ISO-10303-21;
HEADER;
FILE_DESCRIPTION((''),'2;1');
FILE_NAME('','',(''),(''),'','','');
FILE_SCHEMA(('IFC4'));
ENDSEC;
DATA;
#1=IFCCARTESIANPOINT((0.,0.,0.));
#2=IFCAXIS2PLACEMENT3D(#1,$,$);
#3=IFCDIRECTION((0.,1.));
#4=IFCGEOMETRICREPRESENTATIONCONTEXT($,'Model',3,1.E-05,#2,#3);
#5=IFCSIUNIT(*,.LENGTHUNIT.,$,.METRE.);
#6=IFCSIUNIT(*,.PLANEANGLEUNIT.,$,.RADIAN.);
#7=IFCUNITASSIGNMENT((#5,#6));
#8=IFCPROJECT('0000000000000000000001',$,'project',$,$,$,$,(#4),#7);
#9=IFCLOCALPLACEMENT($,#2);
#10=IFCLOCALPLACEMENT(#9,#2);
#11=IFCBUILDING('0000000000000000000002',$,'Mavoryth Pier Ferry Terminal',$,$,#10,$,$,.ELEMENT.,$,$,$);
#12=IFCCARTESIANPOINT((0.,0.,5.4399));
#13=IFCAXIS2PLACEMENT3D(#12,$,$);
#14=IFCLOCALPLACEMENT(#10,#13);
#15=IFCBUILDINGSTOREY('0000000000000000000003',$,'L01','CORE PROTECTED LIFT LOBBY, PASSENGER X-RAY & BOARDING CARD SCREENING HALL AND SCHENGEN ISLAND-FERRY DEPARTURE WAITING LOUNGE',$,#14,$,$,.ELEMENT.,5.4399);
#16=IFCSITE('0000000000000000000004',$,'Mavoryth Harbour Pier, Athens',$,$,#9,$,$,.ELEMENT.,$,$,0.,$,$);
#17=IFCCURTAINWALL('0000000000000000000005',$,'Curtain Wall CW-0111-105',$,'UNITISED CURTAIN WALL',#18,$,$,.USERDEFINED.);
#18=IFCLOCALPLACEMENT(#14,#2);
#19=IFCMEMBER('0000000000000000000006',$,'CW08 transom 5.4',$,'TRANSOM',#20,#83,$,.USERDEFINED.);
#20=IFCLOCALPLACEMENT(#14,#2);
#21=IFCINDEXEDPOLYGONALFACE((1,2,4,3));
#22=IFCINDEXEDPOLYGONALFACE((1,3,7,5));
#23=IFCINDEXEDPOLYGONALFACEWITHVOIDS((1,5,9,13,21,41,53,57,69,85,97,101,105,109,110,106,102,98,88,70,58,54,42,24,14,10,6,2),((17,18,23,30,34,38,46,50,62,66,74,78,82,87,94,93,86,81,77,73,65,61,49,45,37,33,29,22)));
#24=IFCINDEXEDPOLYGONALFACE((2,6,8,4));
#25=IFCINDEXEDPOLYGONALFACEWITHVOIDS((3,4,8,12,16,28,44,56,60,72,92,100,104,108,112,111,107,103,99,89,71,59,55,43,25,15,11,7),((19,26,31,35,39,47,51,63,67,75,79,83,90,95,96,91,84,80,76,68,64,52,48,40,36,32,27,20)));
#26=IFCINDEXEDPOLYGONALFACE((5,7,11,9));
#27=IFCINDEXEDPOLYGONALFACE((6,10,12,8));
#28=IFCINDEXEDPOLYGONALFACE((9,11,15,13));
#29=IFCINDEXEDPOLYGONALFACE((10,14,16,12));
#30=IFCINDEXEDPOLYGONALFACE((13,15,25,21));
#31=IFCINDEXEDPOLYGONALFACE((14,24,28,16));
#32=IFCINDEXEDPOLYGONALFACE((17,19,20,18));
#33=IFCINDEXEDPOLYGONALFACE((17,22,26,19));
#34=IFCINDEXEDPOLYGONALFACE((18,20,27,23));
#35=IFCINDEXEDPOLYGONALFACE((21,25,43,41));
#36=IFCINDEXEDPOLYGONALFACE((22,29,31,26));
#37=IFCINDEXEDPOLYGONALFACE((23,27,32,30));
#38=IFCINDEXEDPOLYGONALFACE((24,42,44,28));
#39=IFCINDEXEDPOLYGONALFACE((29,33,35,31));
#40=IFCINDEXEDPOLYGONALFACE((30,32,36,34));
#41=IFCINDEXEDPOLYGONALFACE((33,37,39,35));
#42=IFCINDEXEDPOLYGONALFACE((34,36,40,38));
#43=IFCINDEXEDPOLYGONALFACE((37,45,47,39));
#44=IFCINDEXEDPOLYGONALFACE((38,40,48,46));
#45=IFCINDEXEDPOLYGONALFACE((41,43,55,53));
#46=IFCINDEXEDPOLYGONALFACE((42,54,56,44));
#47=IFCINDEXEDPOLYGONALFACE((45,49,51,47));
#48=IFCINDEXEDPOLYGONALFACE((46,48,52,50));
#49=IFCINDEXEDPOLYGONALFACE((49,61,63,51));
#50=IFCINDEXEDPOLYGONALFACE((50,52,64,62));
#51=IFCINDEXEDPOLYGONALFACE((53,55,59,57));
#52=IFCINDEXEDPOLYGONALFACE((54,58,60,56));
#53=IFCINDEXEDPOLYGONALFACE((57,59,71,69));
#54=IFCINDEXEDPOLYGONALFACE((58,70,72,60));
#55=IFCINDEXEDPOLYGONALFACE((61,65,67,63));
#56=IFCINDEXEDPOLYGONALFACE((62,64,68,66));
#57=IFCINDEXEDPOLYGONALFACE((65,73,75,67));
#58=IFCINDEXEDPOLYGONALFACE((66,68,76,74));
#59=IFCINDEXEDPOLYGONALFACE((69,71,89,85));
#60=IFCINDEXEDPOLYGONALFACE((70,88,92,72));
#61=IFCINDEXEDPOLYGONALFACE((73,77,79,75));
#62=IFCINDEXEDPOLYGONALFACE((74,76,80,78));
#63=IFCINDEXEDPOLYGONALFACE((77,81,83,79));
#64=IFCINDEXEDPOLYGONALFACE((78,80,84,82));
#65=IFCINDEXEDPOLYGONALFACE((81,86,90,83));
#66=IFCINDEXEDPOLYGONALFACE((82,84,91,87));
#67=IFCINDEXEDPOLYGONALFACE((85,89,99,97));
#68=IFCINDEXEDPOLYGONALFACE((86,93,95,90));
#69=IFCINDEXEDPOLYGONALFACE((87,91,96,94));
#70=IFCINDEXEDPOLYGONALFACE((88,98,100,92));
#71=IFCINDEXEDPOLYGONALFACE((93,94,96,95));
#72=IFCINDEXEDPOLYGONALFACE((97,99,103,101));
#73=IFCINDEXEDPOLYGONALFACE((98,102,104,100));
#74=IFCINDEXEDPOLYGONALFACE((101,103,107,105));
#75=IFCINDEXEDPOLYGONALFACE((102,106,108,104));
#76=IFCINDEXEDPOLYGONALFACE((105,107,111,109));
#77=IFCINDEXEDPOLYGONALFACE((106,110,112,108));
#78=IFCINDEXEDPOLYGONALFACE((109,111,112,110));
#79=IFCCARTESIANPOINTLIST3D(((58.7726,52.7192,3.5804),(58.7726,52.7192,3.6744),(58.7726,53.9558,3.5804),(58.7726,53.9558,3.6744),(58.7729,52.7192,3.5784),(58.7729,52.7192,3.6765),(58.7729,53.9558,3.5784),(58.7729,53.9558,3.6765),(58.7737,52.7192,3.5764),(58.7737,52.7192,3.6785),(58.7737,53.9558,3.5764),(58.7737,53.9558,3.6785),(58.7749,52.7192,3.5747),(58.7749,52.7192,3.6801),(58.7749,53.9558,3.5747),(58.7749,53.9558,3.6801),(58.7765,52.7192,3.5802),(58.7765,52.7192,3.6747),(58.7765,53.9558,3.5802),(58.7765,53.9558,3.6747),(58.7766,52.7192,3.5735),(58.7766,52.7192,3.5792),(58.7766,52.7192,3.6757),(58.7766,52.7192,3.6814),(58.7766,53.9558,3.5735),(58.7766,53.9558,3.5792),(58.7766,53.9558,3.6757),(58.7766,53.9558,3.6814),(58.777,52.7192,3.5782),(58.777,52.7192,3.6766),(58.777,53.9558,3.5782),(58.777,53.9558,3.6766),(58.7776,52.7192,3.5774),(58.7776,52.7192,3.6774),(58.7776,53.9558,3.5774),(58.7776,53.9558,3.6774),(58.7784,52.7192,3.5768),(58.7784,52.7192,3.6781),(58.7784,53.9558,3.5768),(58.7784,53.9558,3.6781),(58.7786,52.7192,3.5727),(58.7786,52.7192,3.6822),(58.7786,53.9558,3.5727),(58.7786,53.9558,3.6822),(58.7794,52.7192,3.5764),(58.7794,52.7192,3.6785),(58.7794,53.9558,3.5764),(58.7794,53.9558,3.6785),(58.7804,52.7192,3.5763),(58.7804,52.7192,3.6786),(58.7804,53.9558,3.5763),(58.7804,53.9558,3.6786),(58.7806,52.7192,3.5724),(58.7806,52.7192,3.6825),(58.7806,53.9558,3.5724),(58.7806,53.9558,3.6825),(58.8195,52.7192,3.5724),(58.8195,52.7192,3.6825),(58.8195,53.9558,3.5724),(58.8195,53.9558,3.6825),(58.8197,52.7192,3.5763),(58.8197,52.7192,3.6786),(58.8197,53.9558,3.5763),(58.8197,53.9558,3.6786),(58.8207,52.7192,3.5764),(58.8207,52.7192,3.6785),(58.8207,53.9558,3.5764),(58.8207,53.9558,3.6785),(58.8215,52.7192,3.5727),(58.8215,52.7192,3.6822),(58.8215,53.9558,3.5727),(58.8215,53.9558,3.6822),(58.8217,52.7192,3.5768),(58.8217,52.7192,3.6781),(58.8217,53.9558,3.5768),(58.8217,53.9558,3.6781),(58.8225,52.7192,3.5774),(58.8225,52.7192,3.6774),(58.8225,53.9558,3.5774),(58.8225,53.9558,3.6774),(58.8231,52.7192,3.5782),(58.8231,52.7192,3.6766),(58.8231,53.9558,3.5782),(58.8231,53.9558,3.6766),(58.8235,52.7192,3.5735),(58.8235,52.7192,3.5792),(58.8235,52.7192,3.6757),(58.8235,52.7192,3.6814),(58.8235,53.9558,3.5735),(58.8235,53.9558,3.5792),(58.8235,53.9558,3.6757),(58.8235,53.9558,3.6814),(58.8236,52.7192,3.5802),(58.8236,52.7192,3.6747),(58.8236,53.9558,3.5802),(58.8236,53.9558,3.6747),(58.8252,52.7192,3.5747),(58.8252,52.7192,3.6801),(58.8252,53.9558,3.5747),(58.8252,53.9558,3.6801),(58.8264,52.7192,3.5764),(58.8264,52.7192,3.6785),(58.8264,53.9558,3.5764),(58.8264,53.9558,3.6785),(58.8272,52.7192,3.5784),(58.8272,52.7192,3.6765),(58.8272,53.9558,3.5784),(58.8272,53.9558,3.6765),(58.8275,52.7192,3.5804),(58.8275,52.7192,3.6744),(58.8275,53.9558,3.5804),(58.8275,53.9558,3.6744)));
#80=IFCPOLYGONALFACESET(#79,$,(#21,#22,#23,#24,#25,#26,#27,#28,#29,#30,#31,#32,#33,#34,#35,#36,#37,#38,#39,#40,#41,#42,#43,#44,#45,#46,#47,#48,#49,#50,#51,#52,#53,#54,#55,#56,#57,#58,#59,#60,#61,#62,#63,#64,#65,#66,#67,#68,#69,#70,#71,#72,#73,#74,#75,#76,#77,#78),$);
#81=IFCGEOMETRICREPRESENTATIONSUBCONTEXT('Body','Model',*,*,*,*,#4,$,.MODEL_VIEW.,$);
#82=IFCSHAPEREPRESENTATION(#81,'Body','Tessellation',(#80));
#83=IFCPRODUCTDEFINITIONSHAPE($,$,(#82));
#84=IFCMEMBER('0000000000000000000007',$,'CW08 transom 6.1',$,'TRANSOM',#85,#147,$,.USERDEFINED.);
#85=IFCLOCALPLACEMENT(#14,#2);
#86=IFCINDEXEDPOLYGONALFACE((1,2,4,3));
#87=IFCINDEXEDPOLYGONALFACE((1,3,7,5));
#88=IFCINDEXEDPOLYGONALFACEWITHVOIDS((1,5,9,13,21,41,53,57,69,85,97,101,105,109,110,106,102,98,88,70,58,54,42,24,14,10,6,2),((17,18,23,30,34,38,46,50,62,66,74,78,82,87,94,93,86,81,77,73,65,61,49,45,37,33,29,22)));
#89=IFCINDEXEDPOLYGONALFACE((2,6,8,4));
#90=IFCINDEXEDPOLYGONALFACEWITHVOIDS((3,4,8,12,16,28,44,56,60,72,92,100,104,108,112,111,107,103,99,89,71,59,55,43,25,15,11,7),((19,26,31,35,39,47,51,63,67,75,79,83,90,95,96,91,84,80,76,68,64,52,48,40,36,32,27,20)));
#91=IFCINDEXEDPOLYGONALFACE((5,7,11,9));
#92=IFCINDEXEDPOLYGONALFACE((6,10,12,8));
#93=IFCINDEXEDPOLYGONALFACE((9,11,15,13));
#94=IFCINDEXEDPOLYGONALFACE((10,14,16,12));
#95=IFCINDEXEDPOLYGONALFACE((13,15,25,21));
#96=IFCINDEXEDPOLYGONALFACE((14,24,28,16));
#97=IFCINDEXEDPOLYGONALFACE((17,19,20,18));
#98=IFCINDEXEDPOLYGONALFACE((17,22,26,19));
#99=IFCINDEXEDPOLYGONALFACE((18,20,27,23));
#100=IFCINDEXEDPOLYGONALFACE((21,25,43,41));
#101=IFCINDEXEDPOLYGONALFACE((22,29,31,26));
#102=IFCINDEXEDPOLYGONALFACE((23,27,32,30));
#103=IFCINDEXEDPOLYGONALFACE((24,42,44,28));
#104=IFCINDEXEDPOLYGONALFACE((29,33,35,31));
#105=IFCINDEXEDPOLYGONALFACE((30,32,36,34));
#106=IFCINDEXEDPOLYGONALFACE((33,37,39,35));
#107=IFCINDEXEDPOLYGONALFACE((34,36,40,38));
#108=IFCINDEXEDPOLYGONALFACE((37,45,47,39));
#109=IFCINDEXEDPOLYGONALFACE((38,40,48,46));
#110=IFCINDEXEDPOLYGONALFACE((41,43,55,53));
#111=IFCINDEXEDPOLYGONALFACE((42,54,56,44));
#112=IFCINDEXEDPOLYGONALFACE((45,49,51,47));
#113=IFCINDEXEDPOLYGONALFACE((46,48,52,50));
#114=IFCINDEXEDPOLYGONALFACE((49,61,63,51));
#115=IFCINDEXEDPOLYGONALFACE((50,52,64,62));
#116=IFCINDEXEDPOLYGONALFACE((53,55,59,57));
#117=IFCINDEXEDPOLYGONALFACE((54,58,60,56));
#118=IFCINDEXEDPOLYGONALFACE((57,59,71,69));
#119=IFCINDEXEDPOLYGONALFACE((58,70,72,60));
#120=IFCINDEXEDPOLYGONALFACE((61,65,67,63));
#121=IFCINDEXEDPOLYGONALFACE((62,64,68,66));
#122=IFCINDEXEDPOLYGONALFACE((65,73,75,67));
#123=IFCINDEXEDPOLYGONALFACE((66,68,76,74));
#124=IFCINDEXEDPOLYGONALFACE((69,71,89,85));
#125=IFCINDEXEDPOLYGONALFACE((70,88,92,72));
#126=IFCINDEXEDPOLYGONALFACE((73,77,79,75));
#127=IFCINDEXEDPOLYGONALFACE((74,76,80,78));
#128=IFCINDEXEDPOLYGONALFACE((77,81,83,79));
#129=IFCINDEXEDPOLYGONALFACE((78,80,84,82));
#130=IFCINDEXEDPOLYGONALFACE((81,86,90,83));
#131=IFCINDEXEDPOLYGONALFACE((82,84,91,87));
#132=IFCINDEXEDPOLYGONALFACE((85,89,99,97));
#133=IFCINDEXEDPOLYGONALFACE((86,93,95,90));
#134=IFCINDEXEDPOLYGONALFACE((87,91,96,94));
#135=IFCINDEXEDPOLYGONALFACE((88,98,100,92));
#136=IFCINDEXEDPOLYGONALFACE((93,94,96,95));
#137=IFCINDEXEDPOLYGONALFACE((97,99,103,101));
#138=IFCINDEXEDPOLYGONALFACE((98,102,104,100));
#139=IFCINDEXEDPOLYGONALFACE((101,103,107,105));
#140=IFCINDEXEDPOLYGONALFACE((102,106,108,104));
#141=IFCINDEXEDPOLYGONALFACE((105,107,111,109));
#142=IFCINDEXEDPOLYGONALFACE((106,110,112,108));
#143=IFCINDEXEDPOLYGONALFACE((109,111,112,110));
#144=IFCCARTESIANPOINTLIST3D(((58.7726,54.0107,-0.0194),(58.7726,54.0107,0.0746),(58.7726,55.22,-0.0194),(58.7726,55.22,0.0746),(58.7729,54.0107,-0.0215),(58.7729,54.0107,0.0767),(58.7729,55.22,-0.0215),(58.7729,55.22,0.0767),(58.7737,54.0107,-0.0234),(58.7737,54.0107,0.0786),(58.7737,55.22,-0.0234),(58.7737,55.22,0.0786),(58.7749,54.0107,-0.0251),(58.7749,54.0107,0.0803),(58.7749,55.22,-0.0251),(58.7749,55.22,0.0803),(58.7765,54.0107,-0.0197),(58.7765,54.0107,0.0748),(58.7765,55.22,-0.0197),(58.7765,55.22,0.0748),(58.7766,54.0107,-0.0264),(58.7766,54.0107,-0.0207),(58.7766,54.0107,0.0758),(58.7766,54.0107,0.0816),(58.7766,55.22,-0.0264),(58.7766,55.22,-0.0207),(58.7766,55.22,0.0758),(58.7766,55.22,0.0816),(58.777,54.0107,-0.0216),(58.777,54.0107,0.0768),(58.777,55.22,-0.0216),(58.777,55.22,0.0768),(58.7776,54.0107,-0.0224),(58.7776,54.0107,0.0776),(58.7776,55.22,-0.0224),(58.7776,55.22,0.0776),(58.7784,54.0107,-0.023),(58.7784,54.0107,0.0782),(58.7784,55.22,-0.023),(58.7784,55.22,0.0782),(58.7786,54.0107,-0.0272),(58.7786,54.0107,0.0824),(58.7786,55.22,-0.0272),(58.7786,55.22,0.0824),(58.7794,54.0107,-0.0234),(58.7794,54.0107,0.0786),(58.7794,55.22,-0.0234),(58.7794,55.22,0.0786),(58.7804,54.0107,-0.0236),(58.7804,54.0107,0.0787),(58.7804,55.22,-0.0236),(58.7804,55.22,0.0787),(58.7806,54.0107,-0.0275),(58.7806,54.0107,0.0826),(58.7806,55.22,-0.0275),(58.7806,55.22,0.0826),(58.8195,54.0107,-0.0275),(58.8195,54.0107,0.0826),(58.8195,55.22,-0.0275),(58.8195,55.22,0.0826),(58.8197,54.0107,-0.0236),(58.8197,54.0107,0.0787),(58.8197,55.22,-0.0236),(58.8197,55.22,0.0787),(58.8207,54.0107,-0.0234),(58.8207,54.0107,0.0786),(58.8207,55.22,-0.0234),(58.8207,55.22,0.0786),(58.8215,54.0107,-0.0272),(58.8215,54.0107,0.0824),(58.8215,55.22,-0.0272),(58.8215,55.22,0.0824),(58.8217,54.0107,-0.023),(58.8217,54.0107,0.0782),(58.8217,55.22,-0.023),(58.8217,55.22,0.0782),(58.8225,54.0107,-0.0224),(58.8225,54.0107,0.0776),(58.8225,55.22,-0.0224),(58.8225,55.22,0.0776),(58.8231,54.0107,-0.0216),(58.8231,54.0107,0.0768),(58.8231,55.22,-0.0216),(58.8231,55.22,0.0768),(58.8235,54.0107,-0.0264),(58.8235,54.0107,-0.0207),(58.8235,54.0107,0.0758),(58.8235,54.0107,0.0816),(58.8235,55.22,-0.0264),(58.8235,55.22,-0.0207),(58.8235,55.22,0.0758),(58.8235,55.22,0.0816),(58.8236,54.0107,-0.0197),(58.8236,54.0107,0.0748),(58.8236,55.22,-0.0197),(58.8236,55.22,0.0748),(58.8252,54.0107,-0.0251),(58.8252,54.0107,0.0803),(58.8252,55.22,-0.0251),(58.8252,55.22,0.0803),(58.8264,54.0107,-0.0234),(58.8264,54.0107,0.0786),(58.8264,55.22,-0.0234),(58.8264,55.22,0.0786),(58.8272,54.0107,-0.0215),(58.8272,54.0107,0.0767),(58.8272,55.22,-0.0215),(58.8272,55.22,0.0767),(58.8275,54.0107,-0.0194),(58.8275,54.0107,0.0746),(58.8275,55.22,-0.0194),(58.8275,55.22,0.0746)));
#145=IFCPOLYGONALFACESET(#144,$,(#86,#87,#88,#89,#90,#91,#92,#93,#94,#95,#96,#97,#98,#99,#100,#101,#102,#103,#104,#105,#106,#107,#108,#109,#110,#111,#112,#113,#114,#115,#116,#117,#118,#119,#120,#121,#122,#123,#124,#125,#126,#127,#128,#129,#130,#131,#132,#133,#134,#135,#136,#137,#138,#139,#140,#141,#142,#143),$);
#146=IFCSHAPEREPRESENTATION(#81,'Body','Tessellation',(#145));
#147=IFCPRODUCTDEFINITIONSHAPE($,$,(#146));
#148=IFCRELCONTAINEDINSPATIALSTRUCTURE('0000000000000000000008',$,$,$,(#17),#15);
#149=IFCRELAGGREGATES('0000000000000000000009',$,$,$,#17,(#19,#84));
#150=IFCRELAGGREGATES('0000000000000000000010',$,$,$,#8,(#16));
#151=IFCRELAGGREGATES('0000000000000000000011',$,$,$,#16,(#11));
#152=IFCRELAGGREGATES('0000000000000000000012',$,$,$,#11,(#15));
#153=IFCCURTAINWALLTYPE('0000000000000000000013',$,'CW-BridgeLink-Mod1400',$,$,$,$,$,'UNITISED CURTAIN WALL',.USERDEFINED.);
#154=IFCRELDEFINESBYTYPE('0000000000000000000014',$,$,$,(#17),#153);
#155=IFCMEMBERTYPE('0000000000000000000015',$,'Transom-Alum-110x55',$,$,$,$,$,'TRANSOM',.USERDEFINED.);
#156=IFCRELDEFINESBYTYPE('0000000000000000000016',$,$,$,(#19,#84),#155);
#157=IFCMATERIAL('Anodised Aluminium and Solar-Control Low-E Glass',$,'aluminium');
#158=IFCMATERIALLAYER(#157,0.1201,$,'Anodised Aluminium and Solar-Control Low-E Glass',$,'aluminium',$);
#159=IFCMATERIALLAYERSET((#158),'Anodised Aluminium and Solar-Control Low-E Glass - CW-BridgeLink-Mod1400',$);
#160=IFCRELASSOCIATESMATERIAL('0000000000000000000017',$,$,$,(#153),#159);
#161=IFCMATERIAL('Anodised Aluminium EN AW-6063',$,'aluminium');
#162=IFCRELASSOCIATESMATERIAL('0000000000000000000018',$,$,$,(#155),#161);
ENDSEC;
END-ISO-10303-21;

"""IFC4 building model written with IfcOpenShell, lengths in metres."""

from ifc_helpers import new_model, si_unit, direction, frame, origin, origin_2d, place, context, subcontext, project, spatial, hollow_rectangle, extrude, material, layer, layer_set, material_profile, profile_set, type_object, element, aggregate, save


model = new_model("IFC4")

# Units and contexts
model_context = context("Model", 3, precision=1e-05, world=origin(), true_north=direction((0.0, 1.0)))
body_context = subcontext(model_context, "Body", "Model", "MODEL_VIEW")
ifc_project = project(units=[si_unit("LENGTHUNIT", "METRE"), si_unit("PLANEANGLEUNIT", "RADIAN")], contexts=[model_context])

# Site, building, storey
site_placement = place(None, origin())
site = spatial("IfcSite", under=ifc_project, at=site_placement, Name="Mavoryth Harbour Pier, Athens", CompositionType="ELEMENT", RefElevation=0.0)
building_placement = place(site_placement, origin())
building = spatial("IfcBuilding", under=site, at=building_placement, Name="Mavoryth Pier Ferry Terminal", CompositionType="ELEMENT")
storey_placement = place(building_placement, frame((0.0, 0.0, 5.4399)))
storey = spatial("IfcBuildingStorey", under=building, at=storey_placement, Name="L01", Description="CORE PROTECTED LIFT LOBBY, PASSENGER X-RAY & BOARDING CARD SCREENING HALL AND SCHENGEN ISLAND-FERRY DEPARTURE WAITING LOUNGE", CompositionType="ELEMENT", Elevation=5.4399)

# Curtain wall, members
ifc_material_1 = material(Name="Anodised Aluminium and Solar-Control Low-E Glass", Category="aluminium")
ifc_layer_1 = layer(ifc_material_1, 0.1201, Name="Anodised Aluminium and Solar-Control Low-E Glass", Category="aluminium")
ifc_layer_set_1 = layer_set([ifc_layer_1], Name="Anodised Aluminium and Solar-Control Low-E Glass - CW-BridgeLink-Mod1400")
curtain_wall_type = type_object("IfcCurtainWallType", Name="CW-BridgeLink-Mod1400", ElementType="UNITISED CURTAIN WALL", PredefinedType="USERDEFINED", material=ifc_layer_set_1)
curtain_wall_placement = place(storey_placement, origin())
curtain_wall = element("IfcCurtainWall", 1, at=curtain_wall_placement, inside=storey, type_object=curtain_wall_type, Name="Curtain Wall CW-0111-105", ObjectType="UNITISED CURTAIN WALL", PredefinedType="USERDEFINED")
ifc_material_2 = material(Name="Anodised Aluminium EN AW-6063", Category="aluminium")
ifc_material_profile_1 = material_profile(ifc_material_2, hollow_rectangle(XDim=0.0549, YDim=0.1101, WallThickness=0.0039, InnerFilletRadius=0.0039, OuterFilletRadius=0.0081, at=origin_2d()), Name="AL-TRAN 110x55x4", Category="aluminium")
ifc_profile_set_1 = profile_set([ifc_material_profile_1], Name="Anodised Aluminium EN AW-6063 - AL-TRAN 110x55x4")
member_type_1 = type_object("IfcMemberType", Name="Transom-Alum-110x55", ElementType="TRANSOM", PredefinedType="USERDEFINED", material=ifc_profile_set_1)
member_1_placement = place(storey_placement, frame((58.8, 52.7192, 3.6274), z_axis=(0.0, 1.0, 0.0), x_axis=(-1.0, 0.0, 0.0)))
member_1 = element("IfcMember", 2, at=member_1_placement, type_object=member_type_1, Name="CW08 transom 5.4", ObjectType="TRANSOM", PredefinedType="USERDEFINED", context=body_context, shape_type="SweptSolid", body=[
    extrude(hollow_rectangle(XDim=0.0549, YDim=0.1101, WallThickness=0.0039, InnerFilletRadius=0.0039, OuterFilletRadius=0.0081, at=origin_2d()), origin(), (0.0, 0.0, 1.0), 1.2366),
])
member_2_placement = place(storey_placement, frame((58.8, 54.0107, 0.0276), z_axis=(0.0, 1.0, 0.0), x_axis=(-1.0, 0.0, 0.0)))
member_2 = element("IfcMember", 3, at=member_2_placement, type_object=member_type_1, Name="CW08 transom 6.1", ObjectType="TRANSOM", PredefinedType="USERDEFINED", context=body_context, shape_type="SweptSolid", body=[
    extrude(hollow_rectangle(XDim=0.0549, YDim=0.1101, WallThickness=0.0039, InnerFilletRadius=0.0039, OuterFilletRadius=0.0081, at=origin_2d()), origin(), (0.0, 0.0, 1.0), 1.2092),
])
aggregate(curtain_wall, [member_1, member_2])

save(model, "model.ifc")
